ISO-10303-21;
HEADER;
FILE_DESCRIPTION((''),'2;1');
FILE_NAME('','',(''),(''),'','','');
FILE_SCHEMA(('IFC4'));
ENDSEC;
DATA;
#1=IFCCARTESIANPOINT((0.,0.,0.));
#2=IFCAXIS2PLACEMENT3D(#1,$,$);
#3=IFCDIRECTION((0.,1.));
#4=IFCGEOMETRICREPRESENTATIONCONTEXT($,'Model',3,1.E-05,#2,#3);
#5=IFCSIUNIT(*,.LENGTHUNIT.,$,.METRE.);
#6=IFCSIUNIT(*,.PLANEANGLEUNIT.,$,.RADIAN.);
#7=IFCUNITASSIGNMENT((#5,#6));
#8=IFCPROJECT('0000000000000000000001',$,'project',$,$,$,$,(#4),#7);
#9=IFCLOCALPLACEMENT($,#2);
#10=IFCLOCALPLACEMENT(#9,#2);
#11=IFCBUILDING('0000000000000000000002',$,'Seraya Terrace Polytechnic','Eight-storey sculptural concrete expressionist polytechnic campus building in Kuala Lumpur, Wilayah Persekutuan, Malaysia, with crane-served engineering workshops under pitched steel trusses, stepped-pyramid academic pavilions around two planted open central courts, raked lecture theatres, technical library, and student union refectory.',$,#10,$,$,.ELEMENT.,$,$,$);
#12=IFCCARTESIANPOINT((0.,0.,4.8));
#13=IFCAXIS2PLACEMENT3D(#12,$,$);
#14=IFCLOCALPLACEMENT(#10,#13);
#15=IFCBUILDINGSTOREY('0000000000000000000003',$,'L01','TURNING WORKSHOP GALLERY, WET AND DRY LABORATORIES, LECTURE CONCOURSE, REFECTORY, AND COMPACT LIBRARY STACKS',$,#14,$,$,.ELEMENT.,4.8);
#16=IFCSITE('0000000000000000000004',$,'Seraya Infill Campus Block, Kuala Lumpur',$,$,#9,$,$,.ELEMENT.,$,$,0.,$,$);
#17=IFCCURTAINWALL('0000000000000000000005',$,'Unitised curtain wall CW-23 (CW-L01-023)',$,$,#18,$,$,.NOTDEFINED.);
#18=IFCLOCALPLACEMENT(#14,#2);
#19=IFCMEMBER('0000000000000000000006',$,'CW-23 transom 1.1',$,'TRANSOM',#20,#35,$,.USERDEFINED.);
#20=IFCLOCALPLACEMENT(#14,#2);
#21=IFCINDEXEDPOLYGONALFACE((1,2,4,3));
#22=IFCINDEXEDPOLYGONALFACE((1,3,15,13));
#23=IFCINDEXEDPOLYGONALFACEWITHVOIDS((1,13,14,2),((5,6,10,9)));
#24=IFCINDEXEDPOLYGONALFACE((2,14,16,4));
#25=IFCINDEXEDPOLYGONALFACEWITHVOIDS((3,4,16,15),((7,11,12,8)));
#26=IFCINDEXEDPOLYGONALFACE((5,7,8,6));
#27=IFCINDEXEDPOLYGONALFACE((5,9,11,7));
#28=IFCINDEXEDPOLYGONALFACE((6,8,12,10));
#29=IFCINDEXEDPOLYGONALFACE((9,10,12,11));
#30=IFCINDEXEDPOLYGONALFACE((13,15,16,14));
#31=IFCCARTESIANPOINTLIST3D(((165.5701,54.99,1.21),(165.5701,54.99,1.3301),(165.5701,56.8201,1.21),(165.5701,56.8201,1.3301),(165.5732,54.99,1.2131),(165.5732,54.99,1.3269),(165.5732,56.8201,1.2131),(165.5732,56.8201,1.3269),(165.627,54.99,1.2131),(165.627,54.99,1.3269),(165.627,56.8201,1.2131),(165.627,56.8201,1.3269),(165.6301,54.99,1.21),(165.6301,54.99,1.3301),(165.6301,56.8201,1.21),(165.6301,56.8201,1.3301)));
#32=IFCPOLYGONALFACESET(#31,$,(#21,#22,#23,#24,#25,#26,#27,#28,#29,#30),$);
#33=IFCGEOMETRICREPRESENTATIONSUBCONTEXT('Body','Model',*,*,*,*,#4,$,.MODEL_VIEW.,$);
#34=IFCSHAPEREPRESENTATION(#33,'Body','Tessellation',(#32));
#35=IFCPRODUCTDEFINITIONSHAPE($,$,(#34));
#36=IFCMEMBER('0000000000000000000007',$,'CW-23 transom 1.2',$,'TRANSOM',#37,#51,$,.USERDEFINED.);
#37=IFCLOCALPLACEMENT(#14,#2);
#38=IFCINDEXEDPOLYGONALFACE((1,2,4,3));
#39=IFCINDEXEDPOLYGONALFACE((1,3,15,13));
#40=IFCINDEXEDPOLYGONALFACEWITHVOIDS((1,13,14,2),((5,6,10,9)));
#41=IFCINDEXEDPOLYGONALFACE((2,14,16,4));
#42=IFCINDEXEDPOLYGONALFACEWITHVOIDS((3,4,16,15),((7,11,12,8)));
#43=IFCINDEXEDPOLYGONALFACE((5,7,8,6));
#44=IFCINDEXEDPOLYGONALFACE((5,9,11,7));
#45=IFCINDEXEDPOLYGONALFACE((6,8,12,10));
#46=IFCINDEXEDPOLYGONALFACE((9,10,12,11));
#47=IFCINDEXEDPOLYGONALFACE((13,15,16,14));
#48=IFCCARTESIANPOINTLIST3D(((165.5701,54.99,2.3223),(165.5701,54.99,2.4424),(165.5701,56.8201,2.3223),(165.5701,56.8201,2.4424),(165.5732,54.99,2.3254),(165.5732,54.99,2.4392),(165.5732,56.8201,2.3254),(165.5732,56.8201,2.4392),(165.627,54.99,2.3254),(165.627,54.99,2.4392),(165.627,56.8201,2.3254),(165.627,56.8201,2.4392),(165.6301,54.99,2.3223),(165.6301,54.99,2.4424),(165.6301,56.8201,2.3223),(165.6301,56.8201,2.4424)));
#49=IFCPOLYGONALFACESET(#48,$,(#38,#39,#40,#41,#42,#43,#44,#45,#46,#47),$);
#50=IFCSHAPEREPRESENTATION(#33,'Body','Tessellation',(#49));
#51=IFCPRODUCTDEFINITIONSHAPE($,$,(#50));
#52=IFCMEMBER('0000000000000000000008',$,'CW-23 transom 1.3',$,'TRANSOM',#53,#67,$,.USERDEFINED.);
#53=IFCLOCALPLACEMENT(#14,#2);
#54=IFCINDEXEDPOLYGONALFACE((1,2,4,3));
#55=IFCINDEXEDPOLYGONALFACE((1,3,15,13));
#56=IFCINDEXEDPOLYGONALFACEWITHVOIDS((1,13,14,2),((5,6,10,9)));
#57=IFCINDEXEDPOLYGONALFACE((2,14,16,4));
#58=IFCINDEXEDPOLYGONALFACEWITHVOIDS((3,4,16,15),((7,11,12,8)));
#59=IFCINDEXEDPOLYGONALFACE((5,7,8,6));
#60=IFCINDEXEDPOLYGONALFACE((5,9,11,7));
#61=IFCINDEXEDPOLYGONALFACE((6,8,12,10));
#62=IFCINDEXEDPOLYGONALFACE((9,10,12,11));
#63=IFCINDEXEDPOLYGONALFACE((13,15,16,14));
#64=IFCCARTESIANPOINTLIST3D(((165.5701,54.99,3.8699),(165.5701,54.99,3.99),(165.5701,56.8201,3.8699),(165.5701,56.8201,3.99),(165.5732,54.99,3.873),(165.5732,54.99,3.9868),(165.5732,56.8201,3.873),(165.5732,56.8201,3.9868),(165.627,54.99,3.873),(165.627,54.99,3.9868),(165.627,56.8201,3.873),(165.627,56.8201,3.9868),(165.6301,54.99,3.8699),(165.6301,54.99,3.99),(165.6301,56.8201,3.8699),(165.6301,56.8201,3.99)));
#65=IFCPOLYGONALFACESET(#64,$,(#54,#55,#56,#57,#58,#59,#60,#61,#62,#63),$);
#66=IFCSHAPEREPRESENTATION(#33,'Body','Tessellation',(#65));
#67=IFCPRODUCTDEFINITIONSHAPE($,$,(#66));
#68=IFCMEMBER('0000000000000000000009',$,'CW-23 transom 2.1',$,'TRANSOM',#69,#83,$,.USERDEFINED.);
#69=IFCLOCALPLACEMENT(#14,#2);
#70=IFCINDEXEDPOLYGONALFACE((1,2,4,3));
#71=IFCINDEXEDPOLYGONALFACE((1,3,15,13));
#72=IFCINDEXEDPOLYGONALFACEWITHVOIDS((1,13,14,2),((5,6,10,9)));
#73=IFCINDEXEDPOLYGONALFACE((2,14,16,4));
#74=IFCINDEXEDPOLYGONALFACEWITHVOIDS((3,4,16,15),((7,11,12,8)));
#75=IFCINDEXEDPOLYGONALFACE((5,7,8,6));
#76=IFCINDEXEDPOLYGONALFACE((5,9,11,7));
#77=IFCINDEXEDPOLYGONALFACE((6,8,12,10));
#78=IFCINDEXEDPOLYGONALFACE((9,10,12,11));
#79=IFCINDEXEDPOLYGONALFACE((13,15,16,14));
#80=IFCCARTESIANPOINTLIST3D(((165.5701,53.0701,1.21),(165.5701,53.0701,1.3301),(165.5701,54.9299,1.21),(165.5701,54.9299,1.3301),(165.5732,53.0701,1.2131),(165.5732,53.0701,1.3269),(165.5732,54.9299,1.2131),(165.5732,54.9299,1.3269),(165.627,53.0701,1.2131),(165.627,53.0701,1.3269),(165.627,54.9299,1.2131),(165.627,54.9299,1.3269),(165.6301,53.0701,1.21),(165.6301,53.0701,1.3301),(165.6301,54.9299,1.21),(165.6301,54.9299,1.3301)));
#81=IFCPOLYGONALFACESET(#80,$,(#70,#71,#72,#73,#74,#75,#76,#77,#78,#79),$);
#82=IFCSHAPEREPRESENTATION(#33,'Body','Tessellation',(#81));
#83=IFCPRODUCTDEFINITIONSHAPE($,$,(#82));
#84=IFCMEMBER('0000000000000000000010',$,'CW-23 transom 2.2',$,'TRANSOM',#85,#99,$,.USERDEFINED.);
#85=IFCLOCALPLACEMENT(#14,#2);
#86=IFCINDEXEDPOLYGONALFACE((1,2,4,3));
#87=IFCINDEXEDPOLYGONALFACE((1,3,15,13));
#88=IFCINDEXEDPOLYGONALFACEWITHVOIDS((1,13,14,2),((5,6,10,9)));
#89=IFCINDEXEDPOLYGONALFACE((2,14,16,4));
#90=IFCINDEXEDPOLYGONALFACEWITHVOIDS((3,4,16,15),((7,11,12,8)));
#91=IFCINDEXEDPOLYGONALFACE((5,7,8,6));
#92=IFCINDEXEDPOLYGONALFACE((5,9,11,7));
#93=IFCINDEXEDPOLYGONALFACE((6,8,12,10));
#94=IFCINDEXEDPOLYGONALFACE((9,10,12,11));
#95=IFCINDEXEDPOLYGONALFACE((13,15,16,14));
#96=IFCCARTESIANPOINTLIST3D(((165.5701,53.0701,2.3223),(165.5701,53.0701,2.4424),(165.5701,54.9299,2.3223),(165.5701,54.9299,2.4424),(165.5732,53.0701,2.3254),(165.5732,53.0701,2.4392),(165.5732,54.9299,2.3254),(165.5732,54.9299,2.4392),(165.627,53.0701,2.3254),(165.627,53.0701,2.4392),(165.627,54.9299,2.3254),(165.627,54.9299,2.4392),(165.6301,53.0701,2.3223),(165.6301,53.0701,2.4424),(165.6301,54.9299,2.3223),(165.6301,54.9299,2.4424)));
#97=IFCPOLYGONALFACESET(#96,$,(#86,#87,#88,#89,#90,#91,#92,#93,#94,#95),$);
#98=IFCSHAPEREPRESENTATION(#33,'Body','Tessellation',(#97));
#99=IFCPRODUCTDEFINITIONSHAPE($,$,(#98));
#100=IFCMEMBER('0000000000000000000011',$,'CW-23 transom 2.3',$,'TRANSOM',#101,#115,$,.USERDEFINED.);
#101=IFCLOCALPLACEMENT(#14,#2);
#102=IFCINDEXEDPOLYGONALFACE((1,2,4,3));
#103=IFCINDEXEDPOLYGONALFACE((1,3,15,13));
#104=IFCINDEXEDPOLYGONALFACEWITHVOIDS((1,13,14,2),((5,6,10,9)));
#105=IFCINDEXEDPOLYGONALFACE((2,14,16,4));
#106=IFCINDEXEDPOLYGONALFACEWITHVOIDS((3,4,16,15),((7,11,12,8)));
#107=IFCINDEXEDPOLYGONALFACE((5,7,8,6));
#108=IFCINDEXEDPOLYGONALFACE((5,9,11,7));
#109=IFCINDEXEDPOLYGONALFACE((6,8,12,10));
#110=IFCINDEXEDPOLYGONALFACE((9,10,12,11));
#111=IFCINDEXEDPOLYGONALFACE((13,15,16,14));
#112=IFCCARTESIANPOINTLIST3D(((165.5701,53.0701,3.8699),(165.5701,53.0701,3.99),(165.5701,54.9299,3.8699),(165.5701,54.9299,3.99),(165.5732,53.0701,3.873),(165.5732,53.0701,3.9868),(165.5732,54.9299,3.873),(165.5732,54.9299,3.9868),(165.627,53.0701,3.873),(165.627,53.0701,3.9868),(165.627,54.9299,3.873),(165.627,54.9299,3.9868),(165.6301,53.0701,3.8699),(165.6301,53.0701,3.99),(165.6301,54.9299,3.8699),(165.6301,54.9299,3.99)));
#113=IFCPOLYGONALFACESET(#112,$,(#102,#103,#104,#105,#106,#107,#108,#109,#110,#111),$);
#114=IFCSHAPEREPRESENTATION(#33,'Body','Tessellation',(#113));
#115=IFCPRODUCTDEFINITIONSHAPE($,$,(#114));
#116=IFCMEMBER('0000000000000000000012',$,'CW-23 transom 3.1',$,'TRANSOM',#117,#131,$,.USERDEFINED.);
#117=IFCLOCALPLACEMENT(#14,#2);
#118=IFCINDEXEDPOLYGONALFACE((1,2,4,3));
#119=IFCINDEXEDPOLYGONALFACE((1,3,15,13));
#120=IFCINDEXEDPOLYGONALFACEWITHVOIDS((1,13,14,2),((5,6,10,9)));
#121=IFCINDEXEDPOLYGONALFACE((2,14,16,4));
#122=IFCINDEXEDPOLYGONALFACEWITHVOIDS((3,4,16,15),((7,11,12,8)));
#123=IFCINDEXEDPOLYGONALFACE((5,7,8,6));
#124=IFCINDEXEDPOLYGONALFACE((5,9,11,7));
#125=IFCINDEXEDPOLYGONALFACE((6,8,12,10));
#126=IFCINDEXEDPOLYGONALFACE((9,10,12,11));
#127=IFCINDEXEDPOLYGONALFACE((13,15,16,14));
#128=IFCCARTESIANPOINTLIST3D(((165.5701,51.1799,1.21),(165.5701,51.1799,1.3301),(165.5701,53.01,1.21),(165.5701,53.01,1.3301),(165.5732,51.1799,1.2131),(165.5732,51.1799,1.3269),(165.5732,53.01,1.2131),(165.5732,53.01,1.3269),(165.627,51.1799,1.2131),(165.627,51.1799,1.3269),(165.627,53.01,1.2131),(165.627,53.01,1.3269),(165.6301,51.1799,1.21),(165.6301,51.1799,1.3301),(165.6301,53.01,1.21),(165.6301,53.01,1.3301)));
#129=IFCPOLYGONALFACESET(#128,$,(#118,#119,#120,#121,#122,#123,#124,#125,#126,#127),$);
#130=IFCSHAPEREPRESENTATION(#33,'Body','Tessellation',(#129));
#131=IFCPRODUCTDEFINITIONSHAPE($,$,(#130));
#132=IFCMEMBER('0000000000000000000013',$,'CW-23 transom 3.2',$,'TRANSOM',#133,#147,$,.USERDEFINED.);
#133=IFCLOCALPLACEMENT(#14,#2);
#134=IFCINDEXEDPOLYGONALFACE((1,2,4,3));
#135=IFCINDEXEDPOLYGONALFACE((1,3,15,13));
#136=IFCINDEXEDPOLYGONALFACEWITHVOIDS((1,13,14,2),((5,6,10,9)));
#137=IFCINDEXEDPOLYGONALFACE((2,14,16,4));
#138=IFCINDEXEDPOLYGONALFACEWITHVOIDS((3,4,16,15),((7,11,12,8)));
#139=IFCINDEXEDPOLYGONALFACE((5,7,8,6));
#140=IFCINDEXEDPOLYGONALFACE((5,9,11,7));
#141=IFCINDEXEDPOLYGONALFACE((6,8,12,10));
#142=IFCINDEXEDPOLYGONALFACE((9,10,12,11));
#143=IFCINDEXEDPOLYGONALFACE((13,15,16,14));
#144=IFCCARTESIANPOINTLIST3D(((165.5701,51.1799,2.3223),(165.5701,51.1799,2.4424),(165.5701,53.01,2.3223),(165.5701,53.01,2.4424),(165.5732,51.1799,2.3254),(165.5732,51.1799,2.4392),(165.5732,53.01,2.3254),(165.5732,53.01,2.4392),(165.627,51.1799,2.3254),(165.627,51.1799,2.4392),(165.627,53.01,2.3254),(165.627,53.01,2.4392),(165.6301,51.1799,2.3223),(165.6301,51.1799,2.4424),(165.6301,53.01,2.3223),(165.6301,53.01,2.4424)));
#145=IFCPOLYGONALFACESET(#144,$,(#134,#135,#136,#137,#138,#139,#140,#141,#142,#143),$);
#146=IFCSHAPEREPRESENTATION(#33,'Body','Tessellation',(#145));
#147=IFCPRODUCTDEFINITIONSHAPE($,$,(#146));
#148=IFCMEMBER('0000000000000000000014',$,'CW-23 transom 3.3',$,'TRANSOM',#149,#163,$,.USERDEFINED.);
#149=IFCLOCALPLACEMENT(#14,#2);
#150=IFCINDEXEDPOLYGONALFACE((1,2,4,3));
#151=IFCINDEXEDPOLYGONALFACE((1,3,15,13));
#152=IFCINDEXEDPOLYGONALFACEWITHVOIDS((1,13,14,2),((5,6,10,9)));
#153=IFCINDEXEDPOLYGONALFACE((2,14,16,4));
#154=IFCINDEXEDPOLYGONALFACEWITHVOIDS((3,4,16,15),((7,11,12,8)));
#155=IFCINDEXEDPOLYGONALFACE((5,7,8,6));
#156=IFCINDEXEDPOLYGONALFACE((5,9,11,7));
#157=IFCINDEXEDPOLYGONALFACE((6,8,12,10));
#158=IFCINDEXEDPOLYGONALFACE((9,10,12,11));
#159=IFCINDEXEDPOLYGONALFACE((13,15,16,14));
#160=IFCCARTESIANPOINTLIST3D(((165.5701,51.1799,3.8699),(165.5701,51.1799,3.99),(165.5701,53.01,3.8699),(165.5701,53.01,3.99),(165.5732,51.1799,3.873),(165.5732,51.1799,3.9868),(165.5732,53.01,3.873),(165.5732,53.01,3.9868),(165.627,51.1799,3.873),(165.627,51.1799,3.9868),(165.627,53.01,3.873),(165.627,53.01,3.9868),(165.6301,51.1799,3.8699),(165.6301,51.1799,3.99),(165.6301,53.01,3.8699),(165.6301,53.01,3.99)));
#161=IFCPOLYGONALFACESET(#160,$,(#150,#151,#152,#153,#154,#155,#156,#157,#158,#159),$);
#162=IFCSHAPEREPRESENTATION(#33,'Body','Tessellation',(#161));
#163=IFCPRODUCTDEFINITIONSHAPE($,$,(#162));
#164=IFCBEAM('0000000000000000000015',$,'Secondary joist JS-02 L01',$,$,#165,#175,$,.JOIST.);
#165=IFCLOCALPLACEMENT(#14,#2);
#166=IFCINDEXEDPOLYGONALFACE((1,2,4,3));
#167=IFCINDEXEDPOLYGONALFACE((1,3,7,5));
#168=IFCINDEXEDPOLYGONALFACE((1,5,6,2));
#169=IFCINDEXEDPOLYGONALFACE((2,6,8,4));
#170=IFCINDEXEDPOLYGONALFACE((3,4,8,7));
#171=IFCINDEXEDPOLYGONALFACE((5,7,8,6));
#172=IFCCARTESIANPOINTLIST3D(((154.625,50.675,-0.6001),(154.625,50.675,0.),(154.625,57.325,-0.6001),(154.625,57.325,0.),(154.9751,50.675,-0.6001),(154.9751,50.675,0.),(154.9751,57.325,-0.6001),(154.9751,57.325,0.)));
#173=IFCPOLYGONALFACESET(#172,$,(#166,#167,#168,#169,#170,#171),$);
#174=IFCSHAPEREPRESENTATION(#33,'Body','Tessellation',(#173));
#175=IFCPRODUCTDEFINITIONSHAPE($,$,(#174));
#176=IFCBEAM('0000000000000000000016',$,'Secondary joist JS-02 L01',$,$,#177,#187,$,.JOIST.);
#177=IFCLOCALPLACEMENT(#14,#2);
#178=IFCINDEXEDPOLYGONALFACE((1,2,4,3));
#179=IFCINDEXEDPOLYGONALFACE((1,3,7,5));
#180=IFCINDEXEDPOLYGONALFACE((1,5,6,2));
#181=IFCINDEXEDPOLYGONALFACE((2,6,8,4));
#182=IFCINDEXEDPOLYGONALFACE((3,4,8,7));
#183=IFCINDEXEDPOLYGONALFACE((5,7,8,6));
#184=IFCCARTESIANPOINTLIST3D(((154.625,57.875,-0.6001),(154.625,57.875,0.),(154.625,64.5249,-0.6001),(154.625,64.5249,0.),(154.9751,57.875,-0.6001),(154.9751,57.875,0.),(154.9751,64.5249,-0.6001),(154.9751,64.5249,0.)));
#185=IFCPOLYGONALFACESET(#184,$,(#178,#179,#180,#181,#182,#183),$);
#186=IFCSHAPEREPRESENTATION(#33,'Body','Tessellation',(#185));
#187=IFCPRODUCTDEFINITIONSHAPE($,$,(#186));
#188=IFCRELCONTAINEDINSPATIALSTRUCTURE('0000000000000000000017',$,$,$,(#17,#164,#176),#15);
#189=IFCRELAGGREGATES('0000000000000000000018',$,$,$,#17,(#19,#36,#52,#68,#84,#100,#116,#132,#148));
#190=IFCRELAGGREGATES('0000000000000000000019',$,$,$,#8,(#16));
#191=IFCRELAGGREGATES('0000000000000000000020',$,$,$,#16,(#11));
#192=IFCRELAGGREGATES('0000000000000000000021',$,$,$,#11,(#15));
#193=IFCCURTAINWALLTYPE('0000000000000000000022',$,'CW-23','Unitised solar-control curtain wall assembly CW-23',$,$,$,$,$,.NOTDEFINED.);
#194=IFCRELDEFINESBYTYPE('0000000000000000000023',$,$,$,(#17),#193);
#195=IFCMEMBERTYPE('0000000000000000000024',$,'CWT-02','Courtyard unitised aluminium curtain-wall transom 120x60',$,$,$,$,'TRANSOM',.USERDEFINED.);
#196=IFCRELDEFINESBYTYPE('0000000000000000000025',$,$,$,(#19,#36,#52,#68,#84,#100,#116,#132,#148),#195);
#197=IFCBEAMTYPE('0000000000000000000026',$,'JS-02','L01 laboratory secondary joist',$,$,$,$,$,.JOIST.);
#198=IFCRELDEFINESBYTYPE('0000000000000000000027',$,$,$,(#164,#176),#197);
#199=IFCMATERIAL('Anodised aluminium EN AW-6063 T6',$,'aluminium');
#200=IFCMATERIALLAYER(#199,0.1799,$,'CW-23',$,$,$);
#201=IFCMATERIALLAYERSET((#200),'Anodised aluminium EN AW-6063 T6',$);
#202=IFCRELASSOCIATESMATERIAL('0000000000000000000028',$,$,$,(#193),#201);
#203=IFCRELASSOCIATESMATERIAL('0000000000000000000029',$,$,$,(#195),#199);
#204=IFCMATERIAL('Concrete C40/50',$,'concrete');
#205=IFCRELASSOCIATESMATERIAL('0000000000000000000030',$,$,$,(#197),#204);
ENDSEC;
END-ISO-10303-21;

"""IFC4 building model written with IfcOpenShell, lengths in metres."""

from ifc_helpers import new_model, si_unit, direction, frame, origin, origin_2d, place, context, subcontext, project, spatial, rectangle, hollow_rectangle, extrude, material, layer, layer_set, material_profile, profile_set, type_object, element, aggregate, save


model = new_model("IFC4")

# Units and contexts
model_context = context("Model", 3, precision=1e-05, world=origin(), true_north=direction((0.0, 1.0)))
body_context = subcontext(model_context, "Body", "Model", "MODEL_VIEW")
ifc_project = project(units=[si_unit("LENGTHUNIT", "METRE"), si_unit("PLANEANGLEUNIT", "RADIAN")], contexts=[model_context])

# Site, building, storey
site_placement = place(None, origin())
site = spatial("IfcSite", under=ifc_project, at=site_placement, Name="Seraya Infill Campus Block, Kuala Lumpur", CompositionType="ELEMENT", RefElevation=0.0)
building_placement = place(site_placement, origin())
building = spatial("IfcBuilding", under=site, at=building_placement, Name="Seraya Terrace Polytechnic", Description="Eight-storey sculptural concrete expressionist polytechnic campus building in Kuala Lumpur, Wilayah Persekutuan, Malaysia, with crane-served engineering workshops under pitched steel trusses, stepped-pyramid academic pavilions around two planted open central courts, raked lecture theatres, technical library, and student union refectory.", CompositionType="ELEMENT")
storey_placement = place(building_placement, frame((0.0, 0.0, 4.8)))
storey = spatial("IfcBuildingStorey", under=building, at=storey_placement, Name="L01", Description="TURNING WORKSHOP GALLERY, WET AND DRY LABORATORIES, LECTURE CONCOURSE, REFECTORY, AND COMPACT LIBRARY STACKS", CompositionType="ELEMENT", Elevation=4.8)

# Shared definitions
ifc_material_1 = material(Name="Concrete C40/50", Category="concrete")

# Curtain wall, members
ifc_material_2 = material(Name="Anodised aluminium EN AW-6063 T6", Category="aluminium")
ifc_layer_1 = layer(ifc_material_2, 0.1799, Name="CW-23")
ifc_layer_set_1 = layer_set([ifc_layer_1], Name="Anodised aluminium EN AW-6063 T6")
curtain_wall_type = type_object("IfcCurtainWallType", Name="CW-23", Description="Unitised solar-control curtain wall assembly CW-23", PredefinedType="NOTDEFINED", material=ifc_layer_set_1)
curtain_wall_placement = place(storey_placement, origin())
curtain_wall = element("IfcCurtainWall", 1, at=curtain_wall_placement, inside=storey, type_object=curtain_wall_type, Name="Unitised curtain wall CW-23 (CW-L01-023)", PredefinedType="NOTDEFINED")
ifc_material_profile_1 = material_profile(ifc_material_2, hollow_rectangle(XDim=0.0601, YDim=0.1201, WallThickness=0.0032, at=origin_2d()), Name="RHS 120x60x3.2")
ifc_profile_set_1 = profile_set([ifc_material_profile_1], Name="Anodised aluminium EN AW-6063 T6")
member_type_1 = type_object("IfcMemberType", Name="CWT-02", Description="Courtyard unitised aluminium curtain-wall transom 120x60", ElementType="TRANSOM", PredefinedType="USERDEFINED", material=ifc_profile_set_1)
member_1_placement = place(storey_placement, frame((165.6001, 56.8201, 1.27), z_axis=(0.0, -1.0, 0.0), x_axis=(1.0, 0.0, 0.0)))
member_1 = element("IfcMember", 2, at=member_1_placement, type_object=member_type_1, Name="CW-23 transom 1.1", ObjectType="TRANSOM", PredefinedType="USERDEFINED", context=body_context, shape_type="SweptSolid", body=[
    extrude(hollow_rectangle(XDim=0.0601, YDim=0.1201, WallThickness=0.0032, at=origin_2d()), origin(), (0.0, 0.0, 1.0), 1.8301),
])
member_2_placement = place(storey_placement, frame((165.6001, 56.8201, 2.3823), z_axis=(0.0, -1.0, 0.0), x_axis=(1.0, 0.0, 0.0)))
member_2 = element("IfcMember", 3, at=member_2_placement, type_object=member_type_1, Name="CW-23 transom 1.2", ObjectType="TRANSOM", PredefinedType="USERDEFINED", context=body_context, shape_type="SweptSolid", body=[
    extrude(hollow_rectangle(XDim=0.0601, YDim=0.1201, WallThickness=0.0032, at=origin_2d()), origin(), (0.0, 0.0, 1.0), 1.8301),
])
member_3_placement = place(storey_placement, frame((165.6001, 56.8201, 3.9299), z_axis=(0.0, -1.0, 0.0), x_axis=(1.0, 0.0, 0.0)))
member_3 = element("IfcMember", 4, at=member_3_placement, type_object=member_type_1, Name="CW-23 transom 1.3", ObjectType="TRANSOM", PredefinedType="USERDEFINED", context=body_context, shape_type="SweptSolid", body=[
    extrude(hollow_rectangle(XDim=0.0601, YDim=0.1201, WallThickness=0.0032, at=origin_2d()), origin(), (0.0, 0.0, 1.0), 1.8301),
])
member_4_placement = place(storey_placement, frame((165.6001, 54.9299, 1.27), z_axis=(0.0, -1.0, 0.0), x_axis=(1.0, 0.0, 0.0)))
member_4 = element("IfcMember", 5, at=member_4_placement, type_object=member_type_1, Name="CW-23 transom 2.1", ObjectType="TRANSOM", PredefinedType="USERDEFINED", context=body_context, shape_type="SweptSolid", body=[
    extrude(hollow_rectangle(XDim=0.0601, YDim=0.1201, WallThickness=0.0032, at=origin_2d()), origin(), (0.0, 0.0, 1.0), 1.8599),
])
member_5_placement = place(storey_placement, frame((165.6001, 54.9299, 2.3823), z_axis=(0.0, -1.0, 0.0), x_axis=(1.0, 0.0, 0.0)))
member_5 = element("IfcMember", 6, at=member_5_placement, type_object=member_type_1, Name="CW-23 transom 2.2", ObjectType="TRANSOM", PredefinedType="USERDEFINED", context=body_context, shape_type="SweptSolid", body=[
    extrude(hollow_rectangle(XDim=0.0601, YDim=0.1201, WallThickness=0.0032, at=origin_2d()), origin(), (0.0, 0.0, 1.0), 1.8599),
])
member_6_placement = place(storey_placement, frame((165.6001, 54.9299, 3.9299), z_axis=(0.0, -1.0, 0.0), x_axis=(1.0, 0.0, 0.0)))
member_6 = element("IfcMember", 7, at=member_6_placement, type_object=member_type_1, Name="CW-23 transom 2.3", ObjectType="TRANSOM", PredefinedType="USERDEFINED", context=body_context, shape_type="SweptSolid", body=[
    extrude(hollow_rectangle(XDim=0.0601, YDim=0.1201, WallThickness=0.0032, at=origin_2d()), origin(), (0.0, 0.0, 1.0), 1.8599),
])
member_7_placement = place(storey_placement, frame((165.6001, 53.01, 1.27), z_axis=(0.0, -1.0, 0.0), x_axis=(1.0, 0.0, 0.0)))
member_7 = element("IfcMember", 8, at=member_7_placement, type_object=member_type_1, Name="CW-23 transom 3.1", ObjectType="TRANSOM", PredefinedType="USERDEFINED", context=body_context, shape_type="SweptSolid", body=[
    extrude(hollow_rectangle(XDim=0.0601, YDim=0.1201, WallThickness=0.0032, at=origin_2d()), origin(), (0.0, 0.0, 1.0), 1.8301),
])
member_8_placement = place(storey_placement, frame((165.6001, 53.01, 2.3823), z_axis=(0.0, -1.0, 0.0), x_axis=(1.0, 0.0, 0.0)))
member_8 = element("IfcMember", 9, at=member_8_placement, type_object=member_type_1, Name="CW-23 transom 3.2", ObjectType="TRANSOM", PredefinedType="USERDEFINED", context=body_context, shape_type="SweptSolid", body=[
    extrude(hollow_rectangle(XDim=0.0601, YDim=0.1201, WallThickness=0.0032, at=origin_2d()), origin(), (0.0, 0.0, 1.0), 1.8301),
])
member_9_placement = place(storey_placement, frame((165.6001, 53.01, 3.9299), z_axis=(0.0, -1.0, 0.0), x_axis=(1.0, 0.0, 0.0)))
member_9 = element("IfcMember", 10, at=member_9_placement, type_object=member_type_1, Name="CW-23 transom 3.3", ObjectType="TRANSOM", PredefinedType="USERDEFINED", context=body_context, shape_type="SweptSolid", body=[
    extrude(hollow_rectangle(XDim=0.0601, YDim=0.1201, WallThickness=0.0032, at=origin_2d()), origin(), (0.0, 0.0, 1.0), 1.8301),
])

# Beams
ifc_material_profile_2 = material_profile(ifc_material_1, rectangle(XDim=0.3501, YDim=0.6001, at=origin_2d()), Name="RC 350x600")
ifc_profile_set_2 = profile_set([ifc_material_profile_2], Name="Concrete C40/50")
beam_type_1 = type_object("IfcBeamType", Name="JS-02", Description="L01 laboratory secondary joist", PredefinedType="JOIST", material=ifc_profile_set_2)
for number, where, z_axis, x_axis, name in (
    (11, (154.8, 50.675, -0.3), (0.0, 1.0, 0.0), (-1.0, 0.0, 0.0), "Secondary joist JS-02 L01"),
    (12, (154.8, 57.875, -0.3), (0.0, 1.0, 0.0), (-1.0, 0.0, 0.0), "Secondary joist JS-02 L01"),
):
    element("IfcBeam", number, at=place(storey_placement, frame(where, z_axis=z_axis, x_axis=x_axis)), inside=storey, type_object=beam_type_1, Name=name, PredefinedType="JOIST", context=body_context, shape_type="SweptSolid", body=[
        extrude(rectangle(XDim=0.3501, YDim=0.6001, at=origin_2d()), origin(), (0.0, 0.0, 1.0), 6.6499),
    ])

aggregate(curtain_wall, [member_1, member_2, member_3, member_4, member_5, member_6, member_7, member_8, member_9])

save(model, "model.ifc")
